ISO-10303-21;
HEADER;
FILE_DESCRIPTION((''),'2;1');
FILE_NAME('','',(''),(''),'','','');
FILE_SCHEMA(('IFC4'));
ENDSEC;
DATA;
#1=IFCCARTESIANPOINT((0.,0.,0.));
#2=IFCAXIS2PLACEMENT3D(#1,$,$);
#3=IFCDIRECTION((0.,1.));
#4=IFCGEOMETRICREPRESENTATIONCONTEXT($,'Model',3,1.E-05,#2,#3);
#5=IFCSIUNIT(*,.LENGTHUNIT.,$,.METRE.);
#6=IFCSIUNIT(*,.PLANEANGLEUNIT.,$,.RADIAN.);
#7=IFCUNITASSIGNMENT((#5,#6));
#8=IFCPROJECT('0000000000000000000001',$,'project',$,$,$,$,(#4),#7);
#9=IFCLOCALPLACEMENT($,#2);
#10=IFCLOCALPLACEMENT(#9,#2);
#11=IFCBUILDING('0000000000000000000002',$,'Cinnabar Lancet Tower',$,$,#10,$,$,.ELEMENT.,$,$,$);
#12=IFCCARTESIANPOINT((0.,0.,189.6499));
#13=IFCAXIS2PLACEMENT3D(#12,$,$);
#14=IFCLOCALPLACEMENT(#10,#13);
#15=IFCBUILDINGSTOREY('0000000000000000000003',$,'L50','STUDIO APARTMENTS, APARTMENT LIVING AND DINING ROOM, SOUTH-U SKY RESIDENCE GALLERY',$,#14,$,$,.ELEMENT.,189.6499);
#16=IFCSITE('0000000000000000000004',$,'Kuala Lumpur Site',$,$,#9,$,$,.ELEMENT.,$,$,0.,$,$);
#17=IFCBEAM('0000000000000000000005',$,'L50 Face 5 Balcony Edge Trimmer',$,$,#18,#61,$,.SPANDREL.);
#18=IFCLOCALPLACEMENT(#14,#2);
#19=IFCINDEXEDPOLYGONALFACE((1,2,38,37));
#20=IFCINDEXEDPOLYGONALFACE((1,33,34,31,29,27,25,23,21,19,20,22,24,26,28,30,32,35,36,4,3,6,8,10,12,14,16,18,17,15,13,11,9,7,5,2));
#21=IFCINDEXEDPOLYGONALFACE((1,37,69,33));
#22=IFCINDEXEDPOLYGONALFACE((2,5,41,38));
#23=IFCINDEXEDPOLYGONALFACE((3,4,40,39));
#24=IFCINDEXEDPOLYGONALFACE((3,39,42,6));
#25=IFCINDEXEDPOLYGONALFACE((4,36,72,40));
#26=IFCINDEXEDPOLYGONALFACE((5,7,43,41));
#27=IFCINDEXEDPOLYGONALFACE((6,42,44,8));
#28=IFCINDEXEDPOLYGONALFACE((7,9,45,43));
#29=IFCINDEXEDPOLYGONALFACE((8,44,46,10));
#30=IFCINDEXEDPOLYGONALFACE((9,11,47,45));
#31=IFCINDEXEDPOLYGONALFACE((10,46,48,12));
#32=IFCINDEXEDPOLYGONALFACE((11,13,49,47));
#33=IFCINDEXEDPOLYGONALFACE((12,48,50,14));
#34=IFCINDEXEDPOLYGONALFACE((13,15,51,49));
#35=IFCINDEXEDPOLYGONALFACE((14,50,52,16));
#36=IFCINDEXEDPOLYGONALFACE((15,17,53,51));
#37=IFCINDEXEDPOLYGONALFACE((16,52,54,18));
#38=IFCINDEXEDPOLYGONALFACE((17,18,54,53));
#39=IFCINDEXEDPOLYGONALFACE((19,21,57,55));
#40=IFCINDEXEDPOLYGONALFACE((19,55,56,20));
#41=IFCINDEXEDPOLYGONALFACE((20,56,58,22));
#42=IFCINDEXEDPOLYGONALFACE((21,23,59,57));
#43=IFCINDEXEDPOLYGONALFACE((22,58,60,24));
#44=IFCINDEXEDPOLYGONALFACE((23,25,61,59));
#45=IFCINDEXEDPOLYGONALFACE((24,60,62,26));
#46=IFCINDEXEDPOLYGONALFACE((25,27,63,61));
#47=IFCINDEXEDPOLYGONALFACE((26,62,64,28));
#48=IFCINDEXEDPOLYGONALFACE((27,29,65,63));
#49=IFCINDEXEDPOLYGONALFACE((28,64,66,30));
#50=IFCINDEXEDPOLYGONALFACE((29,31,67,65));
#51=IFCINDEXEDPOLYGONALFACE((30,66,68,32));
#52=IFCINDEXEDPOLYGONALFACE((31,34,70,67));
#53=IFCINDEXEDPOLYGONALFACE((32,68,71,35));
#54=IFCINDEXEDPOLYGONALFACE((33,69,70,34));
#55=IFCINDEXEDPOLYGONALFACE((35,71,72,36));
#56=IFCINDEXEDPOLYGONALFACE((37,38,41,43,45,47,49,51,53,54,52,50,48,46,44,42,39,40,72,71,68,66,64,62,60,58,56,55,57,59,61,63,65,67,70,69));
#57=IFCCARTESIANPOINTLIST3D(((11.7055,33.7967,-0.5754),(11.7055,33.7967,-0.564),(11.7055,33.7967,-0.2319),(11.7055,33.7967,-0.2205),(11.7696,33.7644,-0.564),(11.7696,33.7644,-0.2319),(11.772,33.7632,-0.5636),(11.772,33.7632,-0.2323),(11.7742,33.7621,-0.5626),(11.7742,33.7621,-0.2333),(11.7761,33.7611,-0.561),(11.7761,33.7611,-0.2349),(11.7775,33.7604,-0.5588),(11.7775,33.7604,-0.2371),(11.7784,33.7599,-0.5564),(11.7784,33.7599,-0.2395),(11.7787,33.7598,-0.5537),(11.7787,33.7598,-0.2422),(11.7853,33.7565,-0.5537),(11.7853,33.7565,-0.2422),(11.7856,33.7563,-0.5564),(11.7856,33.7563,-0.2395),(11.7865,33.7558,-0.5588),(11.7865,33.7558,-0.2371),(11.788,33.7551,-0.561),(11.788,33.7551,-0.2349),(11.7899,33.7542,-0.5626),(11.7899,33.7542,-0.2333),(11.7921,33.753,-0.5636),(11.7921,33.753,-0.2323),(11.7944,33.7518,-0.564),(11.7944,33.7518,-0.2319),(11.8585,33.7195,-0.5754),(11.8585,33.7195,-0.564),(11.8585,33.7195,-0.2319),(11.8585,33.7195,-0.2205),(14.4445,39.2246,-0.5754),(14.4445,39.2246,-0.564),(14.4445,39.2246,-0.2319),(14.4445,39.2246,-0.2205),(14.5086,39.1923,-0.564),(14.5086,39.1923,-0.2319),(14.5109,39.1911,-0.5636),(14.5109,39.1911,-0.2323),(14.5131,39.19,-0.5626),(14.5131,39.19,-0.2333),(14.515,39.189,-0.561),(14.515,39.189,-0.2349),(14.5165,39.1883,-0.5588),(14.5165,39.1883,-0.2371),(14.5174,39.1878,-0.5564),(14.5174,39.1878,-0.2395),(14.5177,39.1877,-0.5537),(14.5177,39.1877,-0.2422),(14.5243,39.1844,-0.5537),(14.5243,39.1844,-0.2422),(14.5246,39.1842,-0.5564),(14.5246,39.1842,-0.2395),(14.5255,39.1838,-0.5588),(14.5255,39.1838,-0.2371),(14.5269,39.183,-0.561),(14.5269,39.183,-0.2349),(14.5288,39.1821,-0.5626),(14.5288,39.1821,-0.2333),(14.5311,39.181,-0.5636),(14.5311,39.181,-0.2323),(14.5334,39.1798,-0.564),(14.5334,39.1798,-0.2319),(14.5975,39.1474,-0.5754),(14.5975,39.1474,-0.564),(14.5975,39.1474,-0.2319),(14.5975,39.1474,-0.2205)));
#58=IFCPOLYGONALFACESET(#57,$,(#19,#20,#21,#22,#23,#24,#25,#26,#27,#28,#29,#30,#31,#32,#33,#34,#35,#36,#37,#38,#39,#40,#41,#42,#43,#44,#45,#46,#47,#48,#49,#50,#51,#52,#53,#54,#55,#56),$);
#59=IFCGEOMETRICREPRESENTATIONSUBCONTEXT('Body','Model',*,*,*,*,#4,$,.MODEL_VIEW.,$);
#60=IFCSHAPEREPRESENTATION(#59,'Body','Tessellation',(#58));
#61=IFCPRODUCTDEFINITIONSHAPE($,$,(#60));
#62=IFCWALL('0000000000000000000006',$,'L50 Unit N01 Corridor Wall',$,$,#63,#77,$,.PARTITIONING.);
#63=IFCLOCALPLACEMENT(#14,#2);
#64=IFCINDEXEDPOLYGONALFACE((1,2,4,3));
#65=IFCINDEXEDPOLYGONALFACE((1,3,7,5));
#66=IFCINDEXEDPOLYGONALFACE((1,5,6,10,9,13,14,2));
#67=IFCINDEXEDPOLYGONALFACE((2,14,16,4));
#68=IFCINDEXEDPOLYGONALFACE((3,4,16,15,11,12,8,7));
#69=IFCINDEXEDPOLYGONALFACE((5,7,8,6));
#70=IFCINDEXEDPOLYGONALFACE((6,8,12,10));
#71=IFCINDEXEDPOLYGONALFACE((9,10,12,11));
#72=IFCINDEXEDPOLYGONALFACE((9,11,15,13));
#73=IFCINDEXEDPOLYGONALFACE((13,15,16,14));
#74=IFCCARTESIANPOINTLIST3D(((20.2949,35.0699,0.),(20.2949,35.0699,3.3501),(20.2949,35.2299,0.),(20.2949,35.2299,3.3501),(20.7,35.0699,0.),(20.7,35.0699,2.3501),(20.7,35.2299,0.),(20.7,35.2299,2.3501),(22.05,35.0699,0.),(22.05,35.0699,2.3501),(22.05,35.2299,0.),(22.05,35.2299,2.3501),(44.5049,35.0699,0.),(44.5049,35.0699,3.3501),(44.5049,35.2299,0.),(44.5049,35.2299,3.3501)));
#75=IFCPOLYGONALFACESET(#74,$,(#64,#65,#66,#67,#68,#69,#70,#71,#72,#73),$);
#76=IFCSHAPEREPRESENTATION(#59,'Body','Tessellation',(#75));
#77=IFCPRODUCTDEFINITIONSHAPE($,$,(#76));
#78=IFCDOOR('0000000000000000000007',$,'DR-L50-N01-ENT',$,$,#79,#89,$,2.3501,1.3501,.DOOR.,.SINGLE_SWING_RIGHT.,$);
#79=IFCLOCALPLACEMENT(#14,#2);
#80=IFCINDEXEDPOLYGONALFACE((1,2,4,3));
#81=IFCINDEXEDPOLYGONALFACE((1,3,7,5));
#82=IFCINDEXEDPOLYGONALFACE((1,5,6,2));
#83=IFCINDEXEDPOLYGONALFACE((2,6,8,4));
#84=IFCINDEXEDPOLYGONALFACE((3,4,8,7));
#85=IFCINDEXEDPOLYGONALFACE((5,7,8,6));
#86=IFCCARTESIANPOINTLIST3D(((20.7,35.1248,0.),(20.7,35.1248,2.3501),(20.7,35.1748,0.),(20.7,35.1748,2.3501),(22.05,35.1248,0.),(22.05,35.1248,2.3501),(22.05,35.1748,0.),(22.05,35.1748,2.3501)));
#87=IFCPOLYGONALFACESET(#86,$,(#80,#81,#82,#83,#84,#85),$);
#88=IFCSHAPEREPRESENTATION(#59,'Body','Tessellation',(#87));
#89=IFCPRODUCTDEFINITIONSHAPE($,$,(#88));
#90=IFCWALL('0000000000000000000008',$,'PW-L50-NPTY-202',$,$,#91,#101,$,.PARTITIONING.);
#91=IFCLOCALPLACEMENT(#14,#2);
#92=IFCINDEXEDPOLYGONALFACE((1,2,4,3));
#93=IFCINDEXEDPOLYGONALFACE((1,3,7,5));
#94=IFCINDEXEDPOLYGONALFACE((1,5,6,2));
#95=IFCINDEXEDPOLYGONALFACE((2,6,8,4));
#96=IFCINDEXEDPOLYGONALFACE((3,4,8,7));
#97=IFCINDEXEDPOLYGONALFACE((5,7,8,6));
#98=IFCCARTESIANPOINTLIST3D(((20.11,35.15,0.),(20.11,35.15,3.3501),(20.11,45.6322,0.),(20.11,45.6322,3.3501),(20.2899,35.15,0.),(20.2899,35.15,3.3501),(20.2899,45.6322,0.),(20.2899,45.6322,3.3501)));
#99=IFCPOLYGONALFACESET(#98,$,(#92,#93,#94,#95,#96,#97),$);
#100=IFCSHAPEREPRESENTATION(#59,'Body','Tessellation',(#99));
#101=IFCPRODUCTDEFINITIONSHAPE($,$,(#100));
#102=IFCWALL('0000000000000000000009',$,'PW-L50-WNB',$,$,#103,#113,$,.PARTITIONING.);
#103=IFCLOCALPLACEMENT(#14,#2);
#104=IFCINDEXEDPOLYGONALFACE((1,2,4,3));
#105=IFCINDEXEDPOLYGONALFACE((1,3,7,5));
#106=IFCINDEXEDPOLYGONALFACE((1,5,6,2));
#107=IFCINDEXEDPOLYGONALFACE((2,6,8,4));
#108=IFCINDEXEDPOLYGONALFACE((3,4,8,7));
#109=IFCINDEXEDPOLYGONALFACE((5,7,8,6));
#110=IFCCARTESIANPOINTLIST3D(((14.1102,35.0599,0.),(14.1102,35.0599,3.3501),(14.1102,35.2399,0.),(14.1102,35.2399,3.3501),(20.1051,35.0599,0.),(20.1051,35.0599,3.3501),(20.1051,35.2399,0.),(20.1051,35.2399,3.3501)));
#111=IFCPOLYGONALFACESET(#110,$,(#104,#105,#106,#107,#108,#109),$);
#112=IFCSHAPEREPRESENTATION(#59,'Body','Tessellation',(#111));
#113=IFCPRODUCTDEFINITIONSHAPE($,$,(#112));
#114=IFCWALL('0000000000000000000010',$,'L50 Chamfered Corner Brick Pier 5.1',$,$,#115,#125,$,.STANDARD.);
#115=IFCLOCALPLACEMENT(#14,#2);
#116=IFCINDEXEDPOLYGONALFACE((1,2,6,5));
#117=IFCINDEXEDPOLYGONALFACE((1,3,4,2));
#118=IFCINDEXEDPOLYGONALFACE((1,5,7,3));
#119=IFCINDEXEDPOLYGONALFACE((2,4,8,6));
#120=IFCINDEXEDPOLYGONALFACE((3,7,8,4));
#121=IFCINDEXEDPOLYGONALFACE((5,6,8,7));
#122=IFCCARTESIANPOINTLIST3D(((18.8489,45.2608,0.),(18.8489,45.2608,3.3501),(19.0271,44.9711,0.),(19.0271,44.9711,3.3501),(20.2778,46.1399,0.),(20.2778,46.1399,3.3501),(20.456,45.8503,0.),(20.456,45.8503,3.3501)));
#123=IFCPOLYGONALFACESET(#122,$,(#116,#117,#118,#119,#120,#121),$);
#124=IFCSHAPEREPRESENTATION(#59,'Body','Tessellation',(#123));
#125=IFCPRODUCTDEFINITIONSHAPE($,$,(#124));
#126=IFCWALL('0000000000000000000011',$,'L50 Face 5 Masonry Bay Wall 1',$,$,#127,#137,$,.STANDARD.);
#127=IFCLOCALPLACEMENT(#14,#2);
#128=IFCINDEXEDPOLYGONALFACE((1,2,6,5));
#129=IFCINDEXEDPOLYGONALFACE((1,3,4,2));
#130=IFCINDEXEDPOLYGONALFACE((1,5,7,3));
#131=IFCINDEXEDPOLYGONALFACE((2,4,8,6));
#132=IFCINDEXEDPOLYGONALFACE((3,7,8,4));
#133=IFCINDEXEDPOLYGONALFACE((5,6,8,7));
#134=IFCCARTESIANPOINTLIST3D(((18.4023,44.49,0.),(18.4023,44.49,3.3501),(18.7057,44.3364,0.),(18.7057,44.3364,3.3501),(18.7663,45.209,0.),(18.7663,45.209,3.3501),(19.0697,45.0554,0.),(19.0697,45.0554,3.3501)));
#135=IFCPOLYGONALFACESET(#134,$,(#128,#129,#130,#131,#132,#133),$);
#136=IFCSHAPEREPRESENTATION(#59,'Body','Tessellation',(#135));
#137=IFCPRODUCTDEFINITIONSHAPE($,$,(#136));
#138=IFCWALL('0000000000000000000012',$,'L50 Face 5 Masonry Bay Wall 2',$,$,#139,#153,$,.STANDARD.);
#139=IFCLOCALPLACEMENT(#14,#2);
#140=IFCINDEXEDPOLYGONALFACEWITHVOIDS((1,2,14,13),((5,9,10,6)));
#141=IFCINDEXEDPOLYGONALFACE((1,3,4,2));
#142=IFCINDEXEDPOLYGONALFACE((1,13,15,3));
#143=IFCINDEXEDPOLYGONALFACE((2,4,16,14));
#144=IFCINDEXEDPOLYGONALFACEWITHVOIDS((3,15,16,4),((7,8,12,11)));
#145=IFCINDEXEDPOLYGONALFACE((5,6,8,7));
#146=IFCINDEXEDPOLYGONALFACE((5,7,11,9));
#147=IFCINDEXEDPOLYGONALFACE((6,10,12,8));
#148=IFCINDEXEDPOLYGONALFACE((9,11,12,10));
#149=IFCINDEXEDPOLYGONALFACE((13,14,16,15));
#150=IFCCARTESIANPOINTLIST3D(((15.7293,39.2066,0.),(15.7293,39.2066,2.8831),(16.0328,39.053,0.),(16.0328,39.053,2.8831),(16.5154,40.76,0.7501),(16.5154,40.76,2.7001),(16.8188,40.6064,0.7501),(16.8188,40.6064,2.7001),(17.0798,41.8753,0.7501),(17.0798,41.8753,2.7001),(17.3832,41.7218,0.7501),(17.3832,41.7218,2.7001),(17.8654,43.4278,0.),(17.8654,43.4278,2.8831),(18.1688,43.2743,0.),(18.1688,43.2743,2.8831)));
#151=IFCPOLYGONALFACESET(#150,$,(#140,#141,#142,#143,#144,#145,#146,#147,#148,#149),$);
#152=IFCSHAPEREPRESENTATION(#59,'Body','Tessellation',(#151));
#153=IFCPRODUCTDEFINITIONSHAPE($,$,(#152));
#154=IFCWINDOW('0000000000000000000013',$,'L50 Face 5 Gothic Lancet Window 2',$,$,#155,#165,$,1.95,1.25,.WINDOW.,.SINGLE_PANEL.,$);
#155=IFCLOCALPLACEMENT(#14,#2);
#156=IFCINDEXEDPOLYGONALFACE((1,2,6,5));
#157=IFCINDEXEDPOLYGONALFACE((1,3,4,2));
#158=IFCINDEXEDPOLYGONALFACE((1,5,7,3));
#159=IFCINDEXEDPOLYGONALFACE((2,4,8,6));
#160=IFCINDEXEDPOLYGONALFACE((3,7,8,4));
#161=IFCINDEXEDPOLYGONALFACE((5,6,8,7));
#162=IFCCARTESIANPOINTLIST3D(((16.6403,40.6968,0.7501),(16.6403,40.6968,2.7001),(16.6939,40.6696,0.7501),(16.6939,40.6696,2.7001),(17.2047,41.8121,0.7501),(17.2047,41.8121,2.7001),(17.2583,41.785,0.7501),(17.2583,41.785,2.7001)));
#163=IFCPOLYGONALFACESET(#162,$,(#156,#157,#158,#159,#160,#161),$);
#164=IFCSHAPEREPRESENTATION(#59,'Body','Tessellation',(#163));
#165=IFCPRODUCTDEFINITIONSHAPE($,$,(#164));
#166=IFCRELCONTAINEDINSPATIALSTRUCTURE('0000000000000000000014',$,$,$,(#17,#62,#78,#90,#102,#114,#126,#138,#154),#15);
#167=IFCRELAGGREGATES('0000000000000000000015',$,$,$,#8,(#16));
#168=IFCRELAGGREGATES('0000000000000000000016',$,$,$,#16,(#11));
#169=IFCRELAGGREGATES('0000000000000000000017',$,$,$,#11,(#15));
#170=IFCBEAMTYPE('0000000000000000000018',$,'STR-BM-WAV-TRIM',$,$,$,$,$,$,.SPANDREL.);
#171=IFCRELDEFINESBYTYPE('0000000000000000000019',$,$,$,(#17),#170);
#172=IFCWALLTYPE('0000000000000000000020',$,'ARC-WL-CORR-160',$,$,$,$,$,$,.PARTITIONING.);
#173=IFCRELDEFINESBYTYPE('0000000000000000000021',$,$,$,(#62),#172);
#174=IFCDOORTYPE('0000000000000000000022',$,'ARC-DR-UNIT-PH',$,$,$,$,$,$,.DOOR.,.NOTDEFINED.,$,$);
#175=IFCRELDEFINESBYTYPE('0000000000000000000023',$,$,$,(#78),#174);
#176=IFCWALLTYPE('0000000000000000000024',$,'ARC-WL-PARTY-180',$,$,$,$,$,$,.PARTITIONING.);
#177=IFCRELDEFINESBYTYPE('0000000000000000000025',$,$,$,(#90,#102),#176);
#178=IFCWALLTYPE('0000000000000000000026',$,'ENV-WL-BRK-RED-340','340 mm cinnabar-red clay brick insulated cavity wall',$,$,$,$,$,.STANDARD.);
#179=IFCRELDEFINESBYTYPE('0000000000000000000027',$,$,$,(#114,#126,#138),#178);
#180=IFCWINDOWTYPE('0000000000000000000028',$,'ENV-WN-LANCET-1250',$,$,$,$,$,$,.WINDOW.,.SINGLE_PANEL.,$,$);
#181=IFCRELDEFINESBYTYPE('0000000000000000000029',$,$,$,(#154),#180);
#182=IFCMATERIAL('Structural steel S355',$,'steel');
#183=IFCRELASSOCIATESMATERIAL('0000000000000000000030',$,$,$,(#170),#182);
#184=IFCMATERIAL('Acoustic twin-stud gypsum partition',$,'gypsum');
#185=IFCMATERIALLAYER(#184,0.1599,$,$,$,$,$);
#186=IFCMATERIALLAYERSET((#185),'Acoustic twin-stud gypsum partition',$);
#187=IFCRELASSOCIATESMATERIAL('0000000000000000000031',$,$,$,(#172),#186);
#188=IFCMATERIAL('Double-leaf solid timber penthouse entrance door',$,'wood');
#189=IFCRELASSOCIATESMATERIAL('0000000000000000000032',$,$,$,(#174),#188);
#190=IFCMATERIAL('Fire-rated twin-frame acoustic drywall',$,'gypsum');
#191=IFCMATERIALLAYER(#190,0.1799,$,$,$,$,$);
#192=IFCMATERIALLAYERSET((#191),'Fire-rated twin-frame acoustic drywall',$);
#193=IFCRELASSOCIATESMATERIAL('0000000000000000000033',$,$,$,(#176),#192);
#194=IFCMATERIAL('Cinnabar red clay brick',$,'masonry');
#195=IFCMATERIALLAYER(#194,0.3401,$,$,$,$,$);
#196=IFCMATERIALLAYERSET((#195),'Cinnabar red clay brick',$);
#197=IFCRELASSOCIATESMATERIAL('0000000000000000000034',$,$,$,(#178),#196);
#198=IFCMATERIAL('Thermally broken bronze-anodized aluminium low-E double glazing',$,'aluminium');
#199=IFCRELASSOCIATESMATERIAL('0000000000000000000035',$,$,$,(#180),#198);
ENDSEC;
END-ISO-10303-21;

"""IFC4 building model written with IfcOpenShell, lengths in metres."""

from ifc_helpers import new_model, si_unit, direction, frame, frame_2d, origin, origin_2d, place, context, subcontext, project, spatial, rectangle, i_section, extrude, material, layer, layer_set, material_profile, profile_set, type_object, element, fill, save


model = new_model("IFC4")

# Units and contexts
model_context = context("Model", 3, precision=1e-05, world=origin(), true_north=direction((0.0, 1.0)))
body_context = subcontext(model_context, "Body", "Model", "MODEL_VIEW")
ifc_project = project(units=[si_unit("LENGTHUNIT", "METRE"), si_unit("PLANEANGLEUNIT", "RADIAN")], contexts=[model_context])

# Site, building, storey
site_placement = place(None, origin())
site = spatial("IfcSite", under=ifc_project, at=site_placement, Name="Kuala Lumpur Site", CompositionType="ELEMENT", RefElevation=0.0)
building_placement = place(site_placement, origin())
building = spatial("IfcBuilding", under=site, at=building_placement, Name="Cinnabar Lancet Tower", CompositionType="ELEMENT")
storey_placement = place(building_placement, frame((0.0, 0.0, 189.6499)))
storey = spatial("IfcBuildingStorey", under=building, at=storey_placement, Name="L50", Description="STUDIO APARTMENTS, APARTMENT LIVING AND DINING ROOM, SOUTH-U SKY RESIDENCE GALLERY", CompositionType="ELEMENT", Elevation=189.6499)

# Beam
ifc_material_1 = material(Name="Structural steel S355", Category="steel")
ifc_material_profile_1 = material_profile(ifc_material_1, i_section(OverallWidth=0.1714, OverallDepth=0.355, WebThickness=0.0073, FlangeThickness=0.0115, FilletRadius=0.0103, at=origin_2d()), Name="UKB 356x171x51")
ifc_profile_set_1 = profile_set([ifc_material_profile_1], Name="Structural steel S355")
beam_type_1 = type_object("IfcBeamType", Name="STR-BM-WAV-TRIM", PredefinedType="SPANDREL", material=ifc_profile_set_1)
beam_1_placement = place(storey_placement, frame((14.521, 39.186, -0.3979), z_axis=(-0.450503, -0.892775, 0.0), x_axis=(0.892775, -0.450503, 0.0)))
element("IfcBeam", 1, at=beam_1_placement, inside=storey, type_object=beam_type_1, Name="L50 Face 5 Balcony Edge Trimmer", PredefinedType="SPANDREL", context=body_context, shape_type="SweptSolid", body=[
    extrude(i_section(OverallWidth=0.1714, OverallDepth=0.355, WebThickness=0.0073, FlangeThickness=0.0115, FilletRadius=0.0103, at=origin_2d()), origin(), (0.0, 0.0, 1.0), 6.0798),
])

# Wall, opening, door
ifc_material_2 = material(Name="Acoustic twin-stud gypsum partition", Category="gypsum")
ifc_layer_1 = layer(ifc_material_2, 0.1599)
ifc_layer_set_1 = layer_set([ifc_layer_1], Name="Acoustic twin-stud gypsum partition")
wall_type_1 = type_object("IfcWallType", Name="ARC-WL-CORR-160", PredefinedType="PARTITIONING", material=ifc_layer_set_1)
wall_1_placement = place(storey_placement, frame((20.2949, 35.1499, 0.0), z_axis=(0.0, 0.0, 1.0), x_axis=(1.0, 0.0, 0.0)))
wall_1 = element("IfcWall", 2, at=wall_1_placement, inside=storey, type_object=wall_type_1, Name="L50 Unit N01 Corridor Wall", PredefinedType="PARTITIONING", context=body_context, shape_type="SweptSolid", body=[
    extrude(rectangle(XDim=24.21, YDim=0.1599, at=frame_2d((12.105, 0.0))), origin(), (0.0, 0.0, 1.0), 3.3501),
])
opening_1_placement = place(wall_1_placement, frame((0.405, 0.0, 0.0)))
opening_1 = element("IfcOpeningElement", 3, at=opening_1_placement, cuts=wall_1, PredefinedType="OPENING", context=body_context, shape_type="SweptSolid", body=[
    extrude(rectangle(XDim=1.3501, YDim=2.3501, at=frame_2d((0.675, 1.175))), frame((0.0, 0.0898, 0.0), z_axis=(0.0, -1.0, 0.0), x_axis=(1.0, 0.0, 0.0)), (0.0, 0.0, 1.0), 0.1799),
])
ifc_material_3 = material(Name="Double-leaf solid timber penthouse entrance door", Category="wood")
door_type_1 = type_object("IfcDoorType", Name="ARC-DR-UNIT-PH", OperationType="NOTDEFINED", PredefinedType="DOOR", material=ifc_material_3)
door_1_placement = place(opening_1_placement, origin())
door_1 = element("IfcDoor", 4, at=door_1_placement, inside=storey, type_object=door_type_1, Name="DR-L50-N01-ENT", OperationType="SINGLE_SWING_RIGHT", OverallHeight=2.3501, OverallWidth=1.3501, PredefinedType="DOOR", context=body_context, shape_type="SweptSolid", body=[
    extrude(rectangle(XDim=1.3501, YDim=2.3501, at=frame_2d((0.675, 1.175))), frame((0.0, 0.0249, 0.0), z_axis=(0.0, -1.0, 0.0), x_axis=(1.0, 0.0, 0.0)), (0.0, 0.0, 1.0), 0.05),
])
fill(opening_1, door_1)

# Walls
ifc_material_4 = material(Name="Fire-rated twin-frame acoustic drywall", Category="gypsum")
ifc_layer_2 = layer(ifc_material_4, 0.1799)
ifc_layer_set_2 = layer_set([ifc_layer_2], Name="Fire-rated twin-frame acoustic drywall")
wall_type_2 = type_object("IfcWallType", Name="ARC-WL-PARTY-180", PredefinedType="PARTITIONING", material=ifc_layer_set_2)
wall_2_placement = place(storey_placement, frame((20.2, 35.1499, 0.0), z_axis=(0.0, 0.0, 1.0), x_axis=(0.0, 1.0, 0.0)))
element("IfcWall", 5, at=wall_2_placement, inside=storey, type_object=wall_type_2, Name="PW-L50-NPTY-202", PredefinedType="PARTITIONING", context=body_context, shape_type="SweptSolid", body=[
    extrude(rectangle(XDim=10.4822, YDim=0.1799, at=frame_2d((5.2412, 0.0))), origin(), (0.0, 0.0, 1.0), 3.3501),
])
wall_3_placement = place(storey_placement, frame((14.1101, 35.1499, 0.0), z_axis=(0.0, 0.0, 1.0), x_axis=(1.0, 0.0, 0.0)))
element("IfcWall", 6, at=wall_3_placement, inside=storey, type_object=wall_type_2, Name="PW-L50-WNB", PredefinedType="PARTITIONING", context=body_context, shape_type="SweptSolid", body=[
    extrude(rectangle(XDim=5.9949, YDim=0.1799, at=frame_2d((2.9976, 0.0))), origin(), (0.0, 0.0, 1.0), 3.3501),
])
ifc_material_5 = material(Name="Cinnabar red clay brick", Category="masonry")
ifc_layer_3 = layer(ifc_material_5, 0.3401)
ifc_layer_set_3 = layer_set([ifc_layer_3], Name="Cinnabar red clay brick")
wall_type_3 = type_object("IfcWallType", Name="ENV-WL-BRK-RED-340", Description="340 mm cinnabar-red clay brick insulated cavity wall", PredefinedType="STANDARD", material=ifc_layer_set_3)
wall_4_placement = place(storey_placement, frame((20.3669, 45.9951, 0.0), z_axis=(0.0, 0.0, 1.0), x_axis=(-0.851713, -0.524008, 0.0)))
element("IfcWall", 7, at=wall_4_placement, inside=storey, type_object=wall_type_3, Name="L50 Chamfered Corner Brick Pier 5.1", PredefinedType="STANDARD", context=body_context, shape_type="SweptSolid", body=[
    extrude(rectangle(XDim=1.6777, YDim=0.3401, at=frame_2d((0.8389, 0.0))), origin(), (0.0, 0.0, 1.0), 3.3501),
])
wall_5_placement = place(storey_placement, frame((18.918, 45.1321, 0.0), z_axis=(0.0, 0.0, 1.0), x_axis=(-0.451692, -0.892174, 0.0)))
element("IfcWall", 8, at=wall_5_placement, inside=storey, type_object=wall_type_3, Name="L50 Face 5 Masonry Bay Wall 1", PredefinedType="STANDARD", context=body_context, shape_type="SweptSolid", body=[
    extrude(rectangle(XDim=0.8059, YDim=0.3401, at=frame_2d((0.4028, 0.0))), origin(), (0.0, 0.0, 1.0), 3.3501),
])

# Wall, opening, window
wall_6_placement = place(storey_placement, frame((18.0171, 43.3511, 0.0), z_axis=(0.0, 0.0, 1.0), x_axis=(-0.451502, -0.89227, 0.0)))
wall_6 = element("IfcWall", 9, at=wall_6_placement, inside=storey, type_object=wall_type_3, Name="L50 Face 5 Masonry Bay Wall 2", PredefinedType="STANDARD", context=body_context, shape_type="SweptSolid", body=[
    extrude(rectangle(XDim=4.731, YDim=0.3401, at=frame_2d((2.3655, 0.0))), origin(), (0.0, 0.0, 1.0), 2.8831),
])
opening_2_placement = place(wall_6_placement, frame((1.74, 0.0, 0.75)))
opening_2 = element("IfcOpeningElement", 10, at=opening_2_placement, cuts=wall_6, PredefinedType="OPENING", context=body_context, shape_type="SweptSolid", body=[
    extrude(rectangle(XDim=1.25, YDim=1.95, at=frame_2d((0.625, 0.9751))), frame((0.0, 0.1799, 0.0), z_axis=(0.0, -1.0, 0.0), x_axis=(1.0, 0.0, 0.0)), (0.0, 0.0, 1.0), 0.3601),
])
ifc_material_6 = material(Name="Thermally broken bronze-anodized aluminium low-E double glazing", Category="aluminium")
window_type_1 = type_object("IfcWindowType", Name="ENV-WN-LANCET-1250", PartitioningType="SINGLE_PANEL", PredefinedType="WINDOW", material=ifc_material_6)
window_1_placement = place(opening_2_placement, origin())
window_1 = element("IfcWindow", 11, at=window_1_placement, inside=storey, type_object=window_type_1, Name="L50 Face 5 Gothic Lancet Window 2", OverallHeight=1.95, OverallWidth=1.25, PartitioningType="SINGLE_PANEL", PredefinedType="WINDOW", context=body_context, shape_type="SweptSolid", body=[
    extrude(rectangle(XDim=1.25, YDim=1.95, at=frame_2d((0.625, 0.9751))), frame((0.0, 0.03, 0.0), z_axis=(0.0, -1.0, 0.0), x_axis=(1.0, 0.0, 0.0)), (0.0, 0.0, 1.0), 0.0601),
])
fill(opening_2, window_1)

save(model, "model.ifc")
